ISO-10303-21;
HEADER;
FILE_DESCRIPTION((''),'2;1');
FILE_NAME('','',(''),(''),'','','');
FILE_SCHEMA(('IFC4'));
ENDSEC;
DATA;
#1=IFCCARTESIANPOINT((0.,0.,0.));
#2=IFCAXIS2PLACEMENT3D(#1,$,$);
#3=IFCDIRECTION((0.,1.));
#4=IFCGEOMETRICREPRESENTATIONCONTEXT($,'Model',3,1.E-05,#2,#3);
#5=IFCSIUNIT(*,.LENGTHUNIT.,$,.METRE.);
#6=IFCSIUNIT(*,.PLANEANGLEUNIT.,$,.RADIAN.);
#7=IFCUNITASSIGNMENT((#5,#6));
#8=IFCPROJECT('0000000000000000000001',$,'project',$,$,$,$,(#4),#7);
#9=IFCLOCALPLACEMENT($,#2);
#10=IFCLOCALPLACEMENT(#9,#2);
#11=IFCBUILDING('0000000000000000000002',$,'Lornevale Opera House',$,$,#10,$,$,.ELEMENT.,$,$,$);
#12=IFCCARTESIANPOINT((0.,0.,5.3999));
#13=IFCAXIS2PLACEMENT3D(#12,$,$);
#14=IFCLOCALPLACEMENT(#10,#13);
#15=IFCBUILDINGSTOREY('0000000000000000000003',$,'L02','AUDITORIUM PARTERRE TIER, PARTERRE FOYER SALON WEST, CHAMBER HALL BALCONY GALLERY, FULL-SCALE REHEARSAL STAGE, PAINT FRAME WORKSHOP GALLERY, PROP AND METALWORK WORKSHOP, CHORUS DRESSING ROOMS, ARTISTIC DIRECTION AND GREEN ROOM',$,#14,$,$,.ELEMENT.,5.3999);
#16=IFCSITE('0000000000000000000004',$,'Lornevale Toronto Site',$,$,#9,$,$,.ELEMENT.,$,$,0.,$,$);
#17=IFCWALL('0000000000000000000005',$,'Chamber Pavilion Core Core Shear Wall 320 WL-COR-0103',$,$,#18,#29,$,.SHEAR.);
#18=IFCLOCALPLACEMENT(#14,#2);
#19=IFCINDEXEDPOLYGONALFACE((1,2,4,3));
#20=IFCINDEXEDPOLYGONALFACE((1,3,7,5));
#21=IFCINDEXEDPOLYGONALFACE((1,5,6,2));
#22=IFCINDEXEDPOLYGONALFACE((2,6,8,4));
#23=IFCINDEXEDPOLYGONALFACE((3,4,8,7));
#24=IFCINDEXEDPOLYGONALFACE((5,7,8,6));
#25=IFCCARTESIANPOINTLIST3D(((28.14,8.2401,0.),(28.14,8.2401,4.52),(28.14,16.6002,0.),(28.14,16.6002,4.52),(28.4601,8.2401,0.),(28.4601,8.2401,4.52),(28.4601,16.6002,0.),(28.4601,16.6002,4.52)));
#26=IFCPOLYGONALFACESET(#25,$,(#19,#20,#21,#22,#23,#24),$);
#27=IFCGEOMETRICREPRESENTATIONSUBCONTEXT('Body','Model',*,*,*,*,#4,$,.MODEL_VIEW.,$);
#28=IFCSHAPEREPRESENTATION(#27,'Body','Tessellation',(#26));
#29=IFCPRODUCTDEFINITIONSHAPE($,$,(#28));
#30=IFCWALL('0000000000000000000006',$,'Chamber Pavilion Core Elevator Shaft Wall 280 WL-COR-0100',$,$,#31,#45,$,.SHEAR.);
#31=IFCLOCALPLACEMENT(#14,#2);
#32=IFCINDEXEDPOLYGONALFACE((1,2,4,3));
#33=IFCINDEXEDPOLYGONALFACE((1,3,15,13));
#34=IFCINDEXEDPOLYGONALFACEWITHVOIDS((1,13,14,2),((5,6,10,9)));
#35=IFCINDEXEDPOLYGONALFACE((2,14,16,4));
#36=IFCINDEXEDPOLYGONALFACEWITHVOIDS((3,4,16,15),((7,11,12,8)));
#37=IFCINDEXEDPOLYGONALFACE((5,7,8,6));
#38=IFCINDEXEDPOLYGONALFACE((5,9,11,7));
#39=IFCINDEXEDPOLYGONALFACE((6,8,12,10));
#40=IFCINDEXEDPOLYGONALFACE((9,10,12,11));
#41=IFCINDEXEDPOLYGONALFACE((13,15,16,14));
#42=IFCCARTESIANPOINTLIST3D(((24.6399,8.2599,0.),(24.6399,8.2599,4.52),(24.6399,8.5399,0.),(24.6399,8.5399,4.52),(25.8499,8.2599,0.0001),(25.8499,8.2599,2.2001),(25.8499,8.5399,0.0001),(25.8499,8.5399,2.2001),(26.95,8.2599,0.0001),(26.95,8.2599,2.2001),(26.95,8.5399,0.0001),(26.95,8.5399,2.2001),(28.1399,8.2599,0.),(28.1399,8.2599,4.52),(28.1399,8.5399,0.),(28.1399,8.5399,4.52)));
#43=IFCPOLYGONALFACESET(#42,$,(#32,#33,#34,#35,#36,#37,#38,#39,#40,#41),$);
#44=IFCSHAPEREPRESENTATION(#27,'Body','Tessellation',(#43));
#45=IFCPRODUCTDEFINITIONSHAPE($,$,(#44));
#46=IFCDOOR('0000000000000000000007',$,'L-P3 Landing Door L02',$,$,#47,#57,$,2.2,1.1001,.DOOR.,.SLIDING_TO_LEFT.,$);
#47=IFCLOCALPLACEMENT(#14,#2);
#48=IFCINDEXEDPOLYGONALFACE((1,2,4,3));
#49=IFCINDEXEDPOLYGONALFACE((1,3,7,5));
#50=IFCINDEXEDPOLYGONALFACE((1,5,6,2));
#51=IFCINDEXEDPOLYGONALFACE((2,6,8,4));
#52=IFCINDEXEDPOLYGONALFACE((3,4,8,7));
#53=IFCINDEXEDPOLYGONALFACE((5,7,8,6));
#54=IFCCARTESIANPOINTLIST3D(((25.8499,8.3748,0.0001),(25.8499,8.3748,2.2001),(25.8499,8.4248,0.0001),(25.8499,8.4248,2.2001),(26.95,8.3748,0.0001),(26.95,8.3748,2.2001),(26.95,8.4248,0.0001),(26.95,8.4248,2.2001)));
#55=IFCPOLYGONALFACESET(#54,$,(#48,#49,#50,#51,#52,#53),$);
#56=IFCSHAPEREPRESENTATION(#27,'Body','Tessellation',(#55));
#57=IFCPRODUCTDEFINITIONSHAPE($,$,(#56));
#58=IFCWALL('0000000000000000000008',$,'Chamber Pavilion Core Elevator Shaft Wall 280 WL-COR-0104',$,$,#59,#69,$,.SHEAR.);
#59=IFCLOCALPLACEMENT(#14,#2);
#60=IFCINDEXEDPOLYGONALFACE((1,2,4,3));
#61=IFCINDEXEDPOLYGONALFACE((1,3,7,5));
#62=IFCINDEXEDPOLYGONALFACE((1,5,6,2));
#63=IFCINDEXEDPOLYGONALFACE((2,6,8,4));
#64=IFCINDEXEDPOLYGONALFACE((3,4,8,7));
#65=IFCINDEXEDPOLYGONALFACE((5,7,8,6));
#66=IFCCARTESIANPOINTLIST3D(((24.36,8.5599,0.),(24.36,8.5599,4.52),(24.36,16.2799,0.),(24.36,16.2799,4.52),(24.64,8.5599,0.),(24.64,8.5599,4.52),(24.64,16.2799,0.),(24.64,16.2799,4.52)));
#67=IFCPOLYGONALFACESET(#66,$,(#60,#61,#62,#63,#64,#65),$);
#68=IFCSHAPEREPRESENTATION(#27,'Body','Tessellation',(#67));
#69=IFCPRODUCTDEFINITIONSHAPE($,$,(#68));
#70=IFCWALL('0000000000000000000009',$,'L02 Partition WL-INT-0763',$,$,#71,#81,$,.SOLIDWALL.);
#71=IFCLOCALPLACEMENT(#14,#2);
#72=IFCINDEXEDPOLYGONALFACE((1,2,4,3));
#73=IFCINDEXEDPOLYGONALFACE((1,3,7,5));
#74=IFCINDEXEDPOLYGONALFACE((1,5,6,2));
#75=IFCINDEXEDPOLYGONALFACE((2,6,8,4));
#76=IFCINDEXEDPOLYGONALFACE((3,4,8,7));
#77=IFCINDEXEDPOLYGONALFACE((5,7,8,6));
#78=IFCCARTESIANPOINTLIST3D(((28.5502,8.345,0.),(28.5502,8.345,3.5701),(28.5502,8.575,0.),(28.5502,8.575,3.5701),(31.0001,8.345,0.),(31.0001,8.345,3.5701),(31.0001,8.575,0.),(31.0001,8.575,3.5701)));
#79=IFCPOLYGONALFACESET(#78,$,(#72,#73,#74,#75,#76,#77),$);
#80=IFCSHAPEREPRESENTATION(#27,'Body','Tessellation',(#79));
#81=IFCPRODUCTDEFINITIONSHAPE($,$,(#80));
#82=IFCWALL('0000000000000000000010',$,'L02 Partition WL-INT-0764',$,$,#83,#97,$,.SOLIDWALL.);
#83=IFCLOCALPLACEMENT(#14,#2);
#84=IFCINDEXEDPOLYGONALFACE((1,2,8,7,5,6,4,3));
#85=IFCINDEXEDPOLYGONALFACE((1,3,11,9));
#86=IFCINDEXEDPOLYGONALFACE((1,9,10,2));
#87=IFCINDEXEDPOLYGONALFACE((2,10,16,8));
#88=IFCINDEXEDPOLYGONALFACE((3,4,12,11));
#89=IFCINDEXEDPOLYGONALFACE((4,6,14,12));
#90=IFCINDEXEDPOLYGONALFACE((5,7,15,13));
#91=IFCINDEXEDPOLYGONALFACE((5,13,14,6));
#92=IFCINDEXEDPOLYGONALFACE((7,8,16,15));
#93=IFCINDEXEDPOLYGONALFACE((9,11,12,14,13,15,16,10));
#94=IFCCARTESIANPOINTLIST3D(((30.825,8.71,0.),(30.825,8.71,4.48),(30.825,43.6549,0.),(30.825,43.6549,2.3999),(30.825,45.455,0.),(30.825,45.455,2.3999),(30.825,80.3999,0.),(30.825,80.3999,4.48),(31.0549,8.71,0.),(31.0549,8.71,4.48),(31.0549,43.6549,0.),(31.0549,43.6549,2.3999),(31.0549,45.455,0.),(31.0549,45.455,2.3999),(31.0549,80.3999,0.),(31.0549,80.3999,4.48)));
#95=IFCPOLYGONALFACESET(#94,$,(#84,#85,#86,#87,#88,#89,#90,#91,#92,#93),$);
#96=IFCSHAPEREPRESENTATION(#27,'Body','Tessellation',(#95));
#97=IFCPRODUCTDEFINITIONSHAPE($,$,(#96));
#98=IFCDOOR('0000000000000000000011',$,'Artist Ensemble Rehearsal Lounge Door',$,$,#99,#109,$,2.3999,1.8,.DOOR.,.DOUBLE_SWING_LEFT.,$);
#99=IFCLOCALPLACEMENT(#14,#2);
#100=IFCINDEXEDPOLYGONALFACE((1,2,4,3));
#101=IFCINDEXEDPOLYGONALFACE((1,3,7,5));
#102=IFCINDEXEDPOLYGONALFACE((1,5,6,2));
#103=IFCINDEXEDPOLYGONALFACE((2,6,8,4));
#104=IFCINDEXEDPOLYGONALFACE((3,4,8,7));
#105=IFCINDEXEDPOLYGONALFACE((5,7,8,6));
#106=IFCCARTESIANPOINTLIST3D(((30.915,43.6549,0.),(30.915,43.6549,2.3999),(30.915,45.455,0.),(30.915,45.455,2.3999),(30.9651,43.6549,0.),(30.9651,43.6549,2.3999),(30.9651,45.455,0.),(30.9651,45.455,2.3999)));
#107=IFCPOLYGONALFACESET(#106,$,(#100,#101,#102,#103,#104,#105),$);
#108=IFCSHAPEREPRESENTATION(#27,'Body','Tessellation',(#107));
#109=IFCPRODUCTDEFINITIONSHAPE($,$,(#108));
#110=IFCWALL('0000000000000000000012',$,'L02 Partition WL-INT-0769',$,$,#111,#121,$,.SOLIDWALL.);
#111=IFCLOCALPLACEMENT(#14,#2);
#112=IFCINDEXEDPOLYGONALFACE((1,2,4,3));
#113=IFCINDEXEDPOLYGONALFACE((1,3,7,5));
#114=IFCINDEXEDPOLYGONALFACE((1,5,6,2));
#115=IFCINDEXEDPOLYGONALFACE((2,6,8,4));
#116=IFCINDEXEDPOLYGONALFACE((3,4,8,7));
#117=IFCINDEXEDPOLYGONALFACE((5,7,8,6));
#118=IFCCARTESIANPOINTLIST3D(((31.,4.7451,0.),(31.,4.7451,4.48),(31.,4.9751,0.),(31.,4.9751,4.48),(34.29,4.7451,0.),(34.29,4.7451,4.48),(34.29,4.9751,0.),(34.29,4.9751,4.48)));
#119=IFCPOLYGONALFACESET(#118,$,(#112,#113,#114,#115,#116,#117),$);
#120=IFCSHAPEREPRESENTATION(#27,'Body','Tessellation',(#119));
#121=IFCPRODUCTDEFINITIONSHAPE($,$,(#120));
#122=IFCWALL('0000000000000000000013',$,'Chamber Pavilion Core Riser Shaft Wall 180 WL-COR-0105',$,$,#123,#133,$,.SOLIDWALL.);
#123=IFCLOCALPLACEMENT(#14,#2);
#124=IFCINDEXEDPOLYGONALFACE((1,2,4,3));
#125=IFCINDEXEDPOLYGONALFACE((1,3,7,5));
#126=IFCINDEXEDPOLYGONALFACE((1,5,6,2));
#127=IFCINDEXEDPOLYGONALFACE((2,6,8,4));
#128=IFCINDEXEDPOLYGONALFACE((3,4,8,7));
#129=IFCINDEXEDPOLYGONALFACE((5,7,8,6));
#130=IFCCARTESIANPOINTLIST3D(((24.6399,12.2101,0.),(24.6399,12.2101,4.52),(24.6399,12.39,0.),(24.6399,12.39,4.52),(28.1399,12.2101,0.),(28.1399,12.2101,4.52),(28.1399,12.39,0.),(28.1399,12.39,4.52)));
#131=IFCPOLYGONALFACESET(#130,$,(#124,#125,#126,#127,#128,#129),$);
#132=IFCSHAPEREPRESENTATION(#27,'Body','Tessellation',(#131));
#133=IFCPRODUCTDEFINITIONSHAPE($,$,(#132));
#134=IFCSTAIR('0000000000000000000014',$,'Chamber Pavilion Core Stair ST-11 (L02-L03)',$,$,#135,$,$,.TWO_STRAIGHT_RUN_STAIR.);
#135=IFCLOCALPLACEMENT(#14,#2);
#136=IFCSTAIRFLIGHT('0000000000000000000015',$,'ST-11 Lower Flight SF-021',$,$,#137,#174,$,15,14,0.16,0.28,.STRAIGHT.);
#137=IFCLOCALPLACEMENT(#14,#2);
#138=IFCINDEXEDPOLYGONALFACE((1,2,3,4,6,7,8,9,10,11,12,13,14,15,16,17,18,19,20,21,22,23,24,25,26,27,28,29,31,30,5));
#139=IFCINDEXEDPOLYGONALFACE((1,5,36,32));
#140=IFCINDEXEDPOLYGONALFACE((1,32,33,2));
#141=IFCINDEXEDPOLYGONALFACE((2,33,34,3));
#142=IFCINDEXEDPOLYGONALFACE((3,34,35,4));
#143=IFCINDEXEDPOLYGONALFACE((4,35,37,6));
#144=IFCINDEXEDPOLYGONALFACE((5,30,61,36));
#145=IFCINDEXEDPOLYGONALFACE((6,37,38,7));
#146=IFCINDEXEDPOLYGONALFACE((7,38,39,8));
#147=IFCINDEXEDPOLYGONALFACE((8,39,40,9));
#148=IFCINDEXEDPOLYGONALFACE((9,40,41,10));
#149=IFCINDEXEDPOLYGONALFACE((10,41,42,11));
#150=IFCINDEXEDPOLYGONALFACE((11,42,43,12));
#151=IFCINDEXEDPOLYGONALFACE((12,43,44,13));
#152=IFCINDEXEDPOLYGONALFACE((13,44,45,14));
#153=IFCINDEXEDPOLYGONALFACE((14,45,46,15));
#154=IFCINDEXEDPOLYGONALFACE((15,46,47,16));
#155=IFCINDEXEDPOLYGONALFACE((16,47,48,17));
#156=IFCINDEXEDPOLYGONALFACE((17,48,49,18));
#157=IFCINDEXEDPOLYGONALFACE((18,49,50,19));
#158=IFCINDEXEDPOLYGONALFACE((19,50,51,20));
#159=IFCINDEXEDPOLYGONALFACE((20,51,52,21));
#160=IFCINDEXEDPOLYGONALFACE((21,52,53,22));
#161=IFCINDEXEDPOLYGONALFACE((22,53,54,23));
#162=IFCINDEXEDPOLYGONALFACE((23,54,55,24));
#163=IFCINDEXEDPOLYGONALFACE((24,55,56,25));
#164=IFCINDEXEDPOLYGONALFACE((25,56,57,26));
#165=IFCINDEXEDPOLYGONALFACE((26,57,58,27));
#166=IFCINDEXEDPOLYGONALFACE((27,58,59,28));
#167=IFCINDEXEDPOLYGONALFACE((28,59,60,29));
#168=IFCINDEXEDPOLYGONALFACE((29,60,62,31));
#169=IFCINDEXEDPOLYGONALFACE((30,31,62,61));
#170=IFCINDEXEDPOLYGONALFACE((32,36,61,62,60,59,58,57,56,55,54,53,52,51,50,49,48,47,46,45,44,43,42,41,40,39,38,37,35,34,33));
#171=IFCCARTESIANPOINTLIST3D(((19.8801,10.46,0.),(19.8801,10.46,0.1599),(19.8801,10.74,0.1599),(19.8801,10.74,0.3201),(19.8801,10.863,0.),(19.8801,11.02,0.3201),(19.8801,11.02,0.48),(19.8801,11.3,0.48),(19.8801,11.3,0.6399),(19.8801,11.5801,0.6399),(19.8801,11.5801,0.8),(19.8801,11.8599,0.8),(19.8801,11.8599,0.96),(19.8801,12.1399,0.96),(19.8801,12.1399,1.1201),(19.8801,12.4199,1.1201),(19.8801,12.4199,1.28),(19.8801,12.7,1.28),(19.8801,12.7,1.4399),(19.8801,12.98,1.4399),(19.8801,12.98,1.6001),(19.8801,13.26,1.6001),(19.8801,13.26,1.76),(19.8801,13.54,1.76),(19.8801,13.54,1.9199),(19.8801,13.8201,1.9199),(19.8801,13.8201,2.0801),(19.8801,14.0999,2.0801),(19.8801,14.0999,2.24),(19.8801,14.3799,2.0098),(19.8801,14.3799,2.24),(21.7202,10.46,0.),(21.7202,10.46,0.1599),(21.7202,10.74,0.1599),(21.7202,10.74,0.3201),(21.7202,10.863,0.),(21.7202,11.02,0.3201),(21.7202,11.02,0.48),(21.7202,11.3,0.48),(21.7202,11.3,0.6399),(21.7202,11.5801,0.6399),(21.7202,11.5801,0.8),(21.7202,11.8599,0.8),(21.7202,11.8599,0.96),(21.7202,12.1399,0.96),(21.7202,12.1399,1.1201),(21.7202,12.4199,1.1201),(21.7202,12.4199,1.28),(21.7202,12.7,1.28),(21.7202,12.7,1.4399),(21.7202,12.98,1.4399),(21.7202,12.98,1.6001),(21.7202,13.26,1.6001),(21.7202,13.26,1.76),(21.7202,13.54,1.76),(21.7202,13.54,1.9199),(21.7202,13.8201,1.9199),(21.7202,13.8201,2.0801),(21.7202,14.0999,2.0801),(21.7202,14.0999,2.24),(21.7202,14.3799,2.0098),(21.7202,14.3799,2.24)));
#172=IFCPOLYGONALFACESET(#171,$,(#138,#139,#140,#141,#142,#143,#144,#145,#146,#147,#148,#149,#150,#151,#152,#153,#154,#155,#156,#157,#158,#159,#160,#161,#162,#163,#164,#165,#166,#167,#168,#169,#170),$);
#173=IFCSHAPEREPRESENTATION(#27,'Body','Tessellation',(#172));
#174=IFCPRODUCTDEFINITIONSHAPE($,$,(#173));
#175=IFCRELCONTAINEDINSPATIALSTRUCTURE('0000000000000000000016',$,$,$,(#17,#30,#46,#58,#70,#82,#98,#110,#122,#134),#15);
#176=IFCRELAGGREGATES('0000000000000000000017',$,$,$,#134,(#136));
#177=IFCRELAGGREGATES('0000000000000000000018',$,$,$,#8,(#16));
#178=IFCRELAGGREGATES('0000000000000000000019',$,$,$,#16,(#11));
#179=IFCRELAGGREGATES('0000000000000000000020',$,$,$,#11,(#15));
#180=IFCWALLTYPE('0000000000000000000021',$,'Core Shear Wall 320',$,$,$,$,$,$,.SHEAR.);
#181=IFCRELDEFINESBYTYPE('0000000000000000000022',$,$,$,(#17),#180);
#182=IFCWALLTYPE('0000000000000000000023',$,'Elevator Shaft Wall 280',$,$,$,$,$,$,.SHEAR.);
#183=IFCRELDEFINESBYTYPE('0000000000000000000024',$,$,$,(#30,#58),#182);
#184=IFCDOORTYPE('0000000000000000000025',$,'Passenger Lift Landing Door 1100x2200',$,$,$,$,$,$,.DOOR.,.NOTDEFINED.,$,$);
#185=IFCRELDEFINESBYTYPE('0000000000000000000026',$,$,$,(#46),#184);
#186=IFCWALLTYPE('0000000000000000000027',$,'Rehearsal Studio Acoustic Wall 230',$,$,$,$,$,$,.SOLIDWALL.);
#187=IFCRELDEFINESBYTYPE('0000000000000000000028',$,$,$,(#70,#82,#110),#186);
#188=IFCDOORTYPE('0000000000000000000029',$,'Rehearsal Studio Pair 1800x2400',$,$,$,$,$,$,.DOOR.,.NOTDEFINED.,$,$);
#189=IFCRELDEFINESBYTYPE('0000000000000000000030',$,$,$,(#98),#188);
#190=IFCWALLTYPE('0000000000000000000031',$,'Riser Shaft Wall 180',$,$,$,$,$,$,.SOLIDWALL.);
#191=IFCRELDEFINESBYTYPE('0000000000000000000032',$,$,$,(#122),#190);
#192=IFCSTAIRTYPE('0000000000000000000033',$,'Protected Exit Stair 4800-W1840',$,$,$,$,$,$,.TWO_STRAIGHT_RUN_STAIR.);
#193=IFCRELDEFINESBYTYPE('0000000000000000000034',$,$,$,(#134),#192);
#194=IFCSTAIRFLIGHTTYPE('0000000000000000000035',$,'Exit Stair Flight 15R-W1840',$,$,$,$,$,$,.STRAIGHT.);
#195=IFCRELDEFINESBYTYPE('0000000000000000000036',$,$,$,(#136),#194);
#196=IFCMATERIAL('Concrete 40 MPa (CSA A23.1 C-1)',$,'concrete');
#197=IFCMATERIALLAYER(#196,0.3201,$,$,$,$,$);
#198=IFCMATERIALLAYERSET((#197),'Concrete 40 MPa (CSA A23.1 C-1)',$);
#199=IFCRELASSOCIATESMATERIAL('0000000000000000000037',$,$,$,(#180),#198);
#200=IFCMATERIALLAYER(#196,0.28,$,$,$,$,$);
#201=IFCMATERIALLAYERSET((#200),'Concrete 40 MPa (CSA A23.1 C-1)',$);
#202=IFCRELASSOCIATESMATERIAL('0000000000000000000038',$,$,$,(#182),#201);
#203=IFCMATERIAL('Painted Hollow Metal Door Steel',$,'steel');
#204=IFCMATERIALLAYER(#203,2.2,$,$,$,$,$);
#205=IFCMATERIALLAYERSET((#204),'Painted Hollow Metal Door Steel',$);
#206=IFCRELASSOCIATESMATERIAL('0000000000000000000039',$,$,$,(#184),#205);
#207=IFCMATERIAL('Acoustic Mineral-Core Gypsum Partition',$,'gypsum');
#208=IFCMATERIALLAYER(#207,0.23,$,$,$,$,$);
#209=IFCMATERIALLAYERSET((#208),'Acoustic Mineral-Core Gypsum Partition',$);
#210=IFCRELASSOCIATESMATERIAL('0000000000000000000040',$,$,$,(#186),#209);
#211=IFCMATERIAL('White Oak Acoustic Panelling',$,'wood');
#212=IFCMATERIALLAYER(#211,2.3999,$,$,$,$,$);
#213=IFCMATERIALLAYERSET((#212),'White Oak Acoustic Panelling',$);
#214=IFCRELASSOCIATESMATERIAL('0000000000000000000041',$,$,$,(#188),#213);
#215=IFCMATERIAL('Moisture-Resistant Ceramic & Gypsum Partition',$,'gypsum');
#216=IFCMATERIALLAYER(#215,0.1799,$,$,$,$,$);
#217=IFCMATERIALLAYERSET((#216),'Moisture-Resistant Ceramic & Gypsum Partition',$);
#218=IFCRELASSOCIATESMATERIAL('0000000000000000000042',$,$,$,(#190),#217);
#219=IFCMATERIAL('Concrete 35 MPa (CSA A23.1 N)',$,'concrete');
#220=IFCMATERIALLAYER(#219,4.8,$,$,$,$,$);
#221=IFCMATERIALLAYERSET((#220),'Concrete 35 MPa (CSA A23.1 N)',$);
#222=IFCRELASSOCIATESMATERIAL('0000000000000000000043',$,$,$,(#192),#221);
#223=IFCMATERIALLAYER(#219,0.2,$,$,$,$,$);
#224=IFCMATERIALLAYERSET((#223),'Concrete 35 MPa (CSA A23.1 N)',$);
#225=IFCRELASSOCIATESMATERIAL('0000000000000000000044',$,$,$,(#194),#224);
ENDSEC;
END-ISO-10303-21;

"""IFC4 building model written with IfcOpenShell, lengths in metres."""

from ifc_helpers import new_model, si_unit, direction, frame, frame_2d, origin, place, context, subcontext, project, spatial, polyline, rectangle, outline, extrude, material, layer, layer_set, type_object, element, fill, aggregate, save


model = new_model("IFC4")

# Units and contexts
model_context = context("Model", 3, precision=1e-05, world=origin(), true_north=direction((0.0, 1.0)))
body_context = subcontext(model_context, "Body", "Model", "MODEL_VIEW")
ifc_project = project(units=[si_unit("LENGTHUNIT", "METRE"), si_unit("PLANEANGLEUNIT", "RADIAN")], contexts=[model_context])

# Site, building, storey
site_placement = place(None, origin())
site = spatial("IfcSite", under=ifc_project, at=site_placement, Name="Lornevale Toronto Site", CompositionType="ELEMENT", RefElevation=0.0)
building_placement = place(site_placement, origin())
building = spatial("IfcBuilding", under=site, at=building_placement, Name="Lornevale Opera House", CompositionType="ELEMENT")
storey_placement = place(building_placement, frame((0.0, 0.0, 5.3999)))
storey = spatial("IfcBuildingStorey", under=building, at=storey_placement, Name="L02", Description="AUDITORIUM PARTERRE TIER, PARTERRE FOYER SALON WEST, CHAMBER HALL BALCONY GALLERY, FULL-SCALE REHEARSAL STAGE, PAINT FRAME WORKSHOP GALLERY, PROP AND METALWORK WORKSHOP, CHORUS DRESSING ROOMS, ARTISTIC DIRECTION AND GREEN ROOM", CompositionType="ELEMENT", Elevation=5.3999)

# Shared definitions
ifc_material_1 = material(Name="Concrete 35 MPa (CSA A23.1 N)", Category="concrete")

# Wall
ifc_material_2 = material(Name="Concrete 40 MPa (CSA A23.1 C-1)", Category="concrete")
ifc_layer_1 = layer(ifc_material_2, 0.3201)
ifc_layer_set_1 = layer_set([ifc_layer_1], Name="Concrete 40 MPa (CSA A23.1 C-1)")
wall_type_1 = type_object("IfcWallType", Name="Core Shear Wall 320", PredefinedType="SHEAR", material=ifc_layer_set_1)
wall_1_placement = place(storey_placement, frame((28.3, 8.24, 0.0), z_axis=(0.0, 0.0, 1.0), x_axis=(0.0, 1.0, 0.0)))
element("IfcWall", 1, at=wall_1_placement, inside=storey, type_object=wall_type_1, Name="Chamber Pavilion Core Core Shear Wall 320 WL-COR-0103", PredefinedType="SHEAR", context=body_context, shape_type="SweptSolid", body=[
    extrude(rectangle(XDim=8.3601, YDim=0.3201, at=frame_2d((4.1802, 0.0))), origin(), (0.0, 0.0, 1.0), 4.52),
])

# Wall, opening, door
ifc_layer_2 = layer(ifc_material_2, 0.28)
ifc_layer_set_2 = layer_set([ifc_layer_2], Name="Concrete 40 MPa (CSA A23.1 C-1)")
wall_type_2 = type_object("IfcWallType", Name="Elevator Shaft Wall 280", PredefinedType="SHEAR", material=ifc_layer_set_2)
wall_2_placement = place(storey_placement, frame((24.6399, 8.3999, 0.0), z_axis=(0.0, 0.0, 1.0), x_axis=(1.0, 0.0, 0.0)))
wall_2 = element("IfcWall", 2, at=wall_2_placement, inside=storey, type_object=wall_type_2, Name="Chamber Pavilion Core Elevator Shaft Wall 280 WL-COR-0100", PredefinedType="SHEAR", context=body_context, shape_type="SweptSolid", body=[
    extrude(rectangle(XDim=3.5, YDim=0.28, at=frame_2d((1.75, 0.0))), origin(), (0.0, 0.0, 1.0), 4.52),
])
opening_1_placement = place(wall_2_placement, frame((1.21, 0.0, 0.0)))
opening_1 = element("IfcOpeningElement", 3, at=opening_1_placement, cuts=wall_2, PredefinedType="OPENING", context=body_context, shape_type="SweptSolid", body=[
    extrude(rectangle(XDim=1.1001, YDim=2.2, at=frame_2d((0.55, 1.1001))), frame((0.0, 0.1499, 0.0), z_axis=(0.0, -1.0, 0.0), x_axis=(1.0, 0.0, 0.0)), (0.0, 0.0, 1.0), 0.3),
])
ifc_material_3 = material(Name="Painted Hollow Metal Door Steel", Category="steel")
ifc_layer_3 = layer(ifc_material_3, 2.2)
ifc_layer_set_3 = layer_set([ifc_layer_3], Name="Painted Hollow Metal Door Steel")
door_type_1 = type_object("IfcDoorType", Name="Passenger Lift Landing Door 1100x2200", OperationType="NOTDEFINED", PredefinedType="DOOR", material=ifc_layer_set_3)
door_1_placement = place(opening_1_placement, origin())
door_1 = element("IfcDoor", 4, at=door_1_placement, inside=storey, type_object=door_type_1, Name="L-P3 Landing Door L02", OperationType="SLIDING_TO_LEFT", OverallHeight=2.2, OverallWidth=1.1001, PredefinedType="DOOR", context=body_context, shape_type="SweptSolid", body=[
    extrude(rectangle(XDim=1.1001, YDim=2.2, at=frame_2d((0.55, 1.1001))), frame((0.0, 0.0249, 0.0), z_axis=(0.0, -1.0, 0.0), x_axis=(1.0, 0.0, 0.0)), (0.0, 0.0, 1.0), 0.05),
])
fill(opening_1, door_1)

# Walls
wall_3_placement = place(storey_placement, frame((24.5, 8.5601, 0.0), z_axis=(0.0, 0.0, 1.0), x_axis=(0.0, 1.0, 0.0)))
element("IfcWall", 5, at=wall_3_placement, inside=storey, type_object=wall_type_2, Name="Chamber Pavilion Core Elevator Shaft Wall 280 WL-COR-0104", PredefinedType="SHEAR", context=body_context, shape_type="SweptSolid", body=[
    extrude(rectangle(XDim=7.72, YDim=0.28, at=frame_2d((3.8599, 0.0))), origin(), (0.0, 0.0, 1.0), 4.52),
])
ifc_material_4 = material(Name="Acoustic Mineral-Core Gypsum Partition", Category="gypsum")
ifc_layer_4 = layer(ifc_material_4, 0.23)
ifc_layer_set_4 = layer_set([ifc_layer_4], Name="Acoustic Mineral-Core Gypsum Partition")
wall_type_3 = type_object("IfcWallType", Name="Rehearsal Studio Acoustic Wall 230", PredefinedType="SOLIDWALL", material=ifc_layer_set_4)
wall_4_placement = place(storey_placement, frame((28.55, 8.46, 0.0), z_axis=(0.0, 0.0, 1.0), x_axis=(1.0, 0.0, 0.0)))
element("IfcWall", 6, at=wall_4_placement, inside=storey, type_object=wall_type_3, Name="L02 Partition WL-INT-0763", PredefinedType="SOLIDWALL", context=body_context, shape_type="SweptSolid", body=[
    extrude(rectangle(XDim=2.45, YDim=0.23, at=frame_2d((1.2251, 0.0))), origin(), (0.0, 0.0, 1.0), 3.5701),
])

# Wall, opening, door
wall_5_placement = place(storey_placement, frame((30.9399, 8.71, 0.0), z_axis=(0.0, 0.0, 1.0), x_axis=(0.0, 1.0, 0.0)))
wall_5 = element("IfcWall", 7, at=wall_5_placement, inside=storey, type_object=wall_type_3, Name="L02 Partition WL-INT-0764", PredefinedType="SOLIDWALL", context=body_context, shape_type="SweptSolid", body=[
    extrude(rectangle(XDim=71.6899, YDim=0.23, at=frame_2d((35.845, 0.0))), origin(), (0.0, 0.0, 1.0), 4.48),
])
opening_2_placement = place(wall_5_placement, frame((34.9451, 0.0, 0.0)))
opening_2 = element("IfcOpeningElement", 8, at=opening_2_placement, cuts=wall_5, PredefinedType="OPENING", context=body_context, shape_type="SweptSolid", body=[
    extrude(rectangle(XDim=1.8, YDim=2.3999, at=frame_2d((0.8999, 1.2))), frame((0.0, 0.125, 0.0), z_axis=(0.0, -1.0, 0.0), x_axis=(1.0, 0.0, 0.0)), (0.0, 0.0, 1.0), 0.25),
])
ifc_material_5 = material(Name="White Oak Acoustic Panelling", Category="wood")
ifc_layer_5 = layer(ifc_material_5, 2.3999)
ifc_layer_set_5 = layer_set([ifc_layer_5], Name="White Oak Acoustic Panelling")
door_type_2 = type_object("IfcDoorType", Name="Rehearsal Studio Pair 1800x2400", OperationType="NOTDEFINED", PredefinedType="DOOR", material=ifc_layer_set_5)
door_2_placement = place(opening_2_placement, origin())
door_2 = element("IfcDoor", 9, at=door_2_placement, inside=storey, type_object=door_type_2, Name="Artist Ensemble Rehearsal Lounge Door", OperationType="DOUBLE_SWING_LEFT", OverallHeight=2.3999, OverallWidth=1.8, PredefinedType="DOOR", context=body_context, shape_type="SweptSolid", body=[
    extrude(rectangle(XDim=1.8, YDim=2.3999, at=frame_2d((0.8999, 1.2))), frame((0.0, 0.0249, 0.0), z_axis=(0.0, -1.0, 0.0), x_axis=(1.0, 0.0, 0.0)), (0.0, 0.0, 1.0), 0.05),
])
fill(opening_2, door_2)

# Walls
wall_6_placement = place(storey_placement, frame((31.0, 4.8601, 0.0), z_axis=(0.0, 0.0, 1.0), x_axis=(1.0, 0.0, 0.0)))
element("IfcWall", 10, at=wall_6_placement, inside=storey, type_object=wall_type_3, Name="L02 Partition WL-INT-0769", PredefinedType="SOLIDWALL", context=body_context, shape_type="SweptSolid", body=[
    extrude(rectangle(XDim=3.29, YDim=0.23, at=frame_2d((1.645, 0.0))), origin(), (0.0, 0.0, 1.0), 4.48),
])
ifc_material_6 = material(Name="Moisture-Resistant Ceramic & Gypsum Partition", Category="gypsum")
ifc_layer_6 = layer(ifc_material_6, 0.1799)
ifc_layer_set_6 = layer_set([ifc_layer_6], Name="Moisture-Resistant Ceramic & Gypsum Partition")
wall_type_4 = type_object("IfcWallType", Name="Riser Shaft Wall 180", PredefinedType="SOLIDWALL", material=ifc_layer_set_6)
wall_7_placement = place(storey_placement, frame((24.6399, 12.3, 0.0), z_axis=(0.0, 0.0, 1.0), x_axis=(1.0, 0.0, 0.0)))
element("IfcWall", 11, at=wall_7_placement, inside=storey, type_object=wall_type_4, Name="Chamber Pavilion Core Riser Shaft Wall 180 WL-COR-0105", PredefinedType="SOLIDWALL", context=body_context, shape_type="SweptSolid", body=[
    extrude(rectangle(XDim=3.5, YDim=0.1799, at=frame_2d((1.75, 0.0))), origin(), (0.0, 0.0, 1.0), 4.52),
])

# Stair, stair flight
ifc_layer_7 = layer(ifc_material_1, 4.8)
ifc_layer_set_7 = layer_set([ifc_layer_7], Name="Concrete 35 MPa (CSA A23.1 N)")
stair_type = type_object("IfcStairType", Name="Protected Exit Stair 4800-W1840", PredefinedType="TWO_STRAIGHT_RUN_STAIR", material=ifc_layer_set_7)
stair_placement = place(storey_placement, origin())
stair = element("IfcStair", 12, at=stair_placement, inside=storey, type_object=stair_type, Name="Chamber Pavilion Core Stair ST-11 (L02-L03)", PredefinedType="TWO_STRAIGHT_RUN_STAIR")
ifc_layer_8 = layer(ifc_material_1, 0.2)
ifc_layer_set_8 = layer_set([ifc_layer_8], Name="Concrete 35 MPa (CSA A23.1 N)")
stair_flight_type = type_object("IfcStairFlightType", Name="Exit Stair Flight 15R-W1840", PredefinedType="STRAIGHT", material=ifc_layer_set_8)
stair_flight_1_placement = place(storey_placement, frame((20.8, 10.46, 0.0), z_axis=(0.0, 0.0, 1.0), x_axis=(0.0, 1.0, 0.0)))
stair_flight_1 = element("IfcStairFlight", 13, at=stair_flight_1_placement, type_object=stair_flight_type, Name="ST-11 Lower Flight SF-021", NumberOfRisers=15, NumberOfTreads=14, PredefinedType="STRAIGHT", RiserHeight=0.16, TreadLength=0.28, context=body_context, shape_type="SweptSolid", body=[
    extrude(outline(polyline([(0.0, 0.0), (0.0, 0.1599), (0.28, 0.1599), (0.28, 0.3201), (0.5601, 0.3201), (0.5601, 0.48), (0.8401, 0.48), (0.8401, 0.6399), (1.1201, 0.6399), (1.1201, 0.8), (1.3999, 0.8), (1.3999, 0.96), (1.6799, 0.96), (1.6799, 1.1201), (1.96, 1.1201), (1.96, 1.28), (2.24, 1.28), (2.24, 1.4399), (2.52, 1.4399), (2.52, 1.6001), (2.8, 1.6001), (2.8, 1.76), (3.0801, 1.76), (3.0801, 1.9199), (3.3601, 1.9199), (3.3601, 2.0801), (3.6399, 2.0801), (3.6399, 2.24), (3.9199, 2.24), (3.9199, 2.0098), (0.4031, 0.0), (0.0, 0.0)])), frame((0.0, 0.9199, 0.0), z_axis=(0.0, -1.0, 0.0), x_axis=(1.0, 0.0, 0.0)), (0.0, 0.0, 1.0), 1.8401),
])
aggregate(stair, [stair_flight_1])

save(model, "model.ifc")
